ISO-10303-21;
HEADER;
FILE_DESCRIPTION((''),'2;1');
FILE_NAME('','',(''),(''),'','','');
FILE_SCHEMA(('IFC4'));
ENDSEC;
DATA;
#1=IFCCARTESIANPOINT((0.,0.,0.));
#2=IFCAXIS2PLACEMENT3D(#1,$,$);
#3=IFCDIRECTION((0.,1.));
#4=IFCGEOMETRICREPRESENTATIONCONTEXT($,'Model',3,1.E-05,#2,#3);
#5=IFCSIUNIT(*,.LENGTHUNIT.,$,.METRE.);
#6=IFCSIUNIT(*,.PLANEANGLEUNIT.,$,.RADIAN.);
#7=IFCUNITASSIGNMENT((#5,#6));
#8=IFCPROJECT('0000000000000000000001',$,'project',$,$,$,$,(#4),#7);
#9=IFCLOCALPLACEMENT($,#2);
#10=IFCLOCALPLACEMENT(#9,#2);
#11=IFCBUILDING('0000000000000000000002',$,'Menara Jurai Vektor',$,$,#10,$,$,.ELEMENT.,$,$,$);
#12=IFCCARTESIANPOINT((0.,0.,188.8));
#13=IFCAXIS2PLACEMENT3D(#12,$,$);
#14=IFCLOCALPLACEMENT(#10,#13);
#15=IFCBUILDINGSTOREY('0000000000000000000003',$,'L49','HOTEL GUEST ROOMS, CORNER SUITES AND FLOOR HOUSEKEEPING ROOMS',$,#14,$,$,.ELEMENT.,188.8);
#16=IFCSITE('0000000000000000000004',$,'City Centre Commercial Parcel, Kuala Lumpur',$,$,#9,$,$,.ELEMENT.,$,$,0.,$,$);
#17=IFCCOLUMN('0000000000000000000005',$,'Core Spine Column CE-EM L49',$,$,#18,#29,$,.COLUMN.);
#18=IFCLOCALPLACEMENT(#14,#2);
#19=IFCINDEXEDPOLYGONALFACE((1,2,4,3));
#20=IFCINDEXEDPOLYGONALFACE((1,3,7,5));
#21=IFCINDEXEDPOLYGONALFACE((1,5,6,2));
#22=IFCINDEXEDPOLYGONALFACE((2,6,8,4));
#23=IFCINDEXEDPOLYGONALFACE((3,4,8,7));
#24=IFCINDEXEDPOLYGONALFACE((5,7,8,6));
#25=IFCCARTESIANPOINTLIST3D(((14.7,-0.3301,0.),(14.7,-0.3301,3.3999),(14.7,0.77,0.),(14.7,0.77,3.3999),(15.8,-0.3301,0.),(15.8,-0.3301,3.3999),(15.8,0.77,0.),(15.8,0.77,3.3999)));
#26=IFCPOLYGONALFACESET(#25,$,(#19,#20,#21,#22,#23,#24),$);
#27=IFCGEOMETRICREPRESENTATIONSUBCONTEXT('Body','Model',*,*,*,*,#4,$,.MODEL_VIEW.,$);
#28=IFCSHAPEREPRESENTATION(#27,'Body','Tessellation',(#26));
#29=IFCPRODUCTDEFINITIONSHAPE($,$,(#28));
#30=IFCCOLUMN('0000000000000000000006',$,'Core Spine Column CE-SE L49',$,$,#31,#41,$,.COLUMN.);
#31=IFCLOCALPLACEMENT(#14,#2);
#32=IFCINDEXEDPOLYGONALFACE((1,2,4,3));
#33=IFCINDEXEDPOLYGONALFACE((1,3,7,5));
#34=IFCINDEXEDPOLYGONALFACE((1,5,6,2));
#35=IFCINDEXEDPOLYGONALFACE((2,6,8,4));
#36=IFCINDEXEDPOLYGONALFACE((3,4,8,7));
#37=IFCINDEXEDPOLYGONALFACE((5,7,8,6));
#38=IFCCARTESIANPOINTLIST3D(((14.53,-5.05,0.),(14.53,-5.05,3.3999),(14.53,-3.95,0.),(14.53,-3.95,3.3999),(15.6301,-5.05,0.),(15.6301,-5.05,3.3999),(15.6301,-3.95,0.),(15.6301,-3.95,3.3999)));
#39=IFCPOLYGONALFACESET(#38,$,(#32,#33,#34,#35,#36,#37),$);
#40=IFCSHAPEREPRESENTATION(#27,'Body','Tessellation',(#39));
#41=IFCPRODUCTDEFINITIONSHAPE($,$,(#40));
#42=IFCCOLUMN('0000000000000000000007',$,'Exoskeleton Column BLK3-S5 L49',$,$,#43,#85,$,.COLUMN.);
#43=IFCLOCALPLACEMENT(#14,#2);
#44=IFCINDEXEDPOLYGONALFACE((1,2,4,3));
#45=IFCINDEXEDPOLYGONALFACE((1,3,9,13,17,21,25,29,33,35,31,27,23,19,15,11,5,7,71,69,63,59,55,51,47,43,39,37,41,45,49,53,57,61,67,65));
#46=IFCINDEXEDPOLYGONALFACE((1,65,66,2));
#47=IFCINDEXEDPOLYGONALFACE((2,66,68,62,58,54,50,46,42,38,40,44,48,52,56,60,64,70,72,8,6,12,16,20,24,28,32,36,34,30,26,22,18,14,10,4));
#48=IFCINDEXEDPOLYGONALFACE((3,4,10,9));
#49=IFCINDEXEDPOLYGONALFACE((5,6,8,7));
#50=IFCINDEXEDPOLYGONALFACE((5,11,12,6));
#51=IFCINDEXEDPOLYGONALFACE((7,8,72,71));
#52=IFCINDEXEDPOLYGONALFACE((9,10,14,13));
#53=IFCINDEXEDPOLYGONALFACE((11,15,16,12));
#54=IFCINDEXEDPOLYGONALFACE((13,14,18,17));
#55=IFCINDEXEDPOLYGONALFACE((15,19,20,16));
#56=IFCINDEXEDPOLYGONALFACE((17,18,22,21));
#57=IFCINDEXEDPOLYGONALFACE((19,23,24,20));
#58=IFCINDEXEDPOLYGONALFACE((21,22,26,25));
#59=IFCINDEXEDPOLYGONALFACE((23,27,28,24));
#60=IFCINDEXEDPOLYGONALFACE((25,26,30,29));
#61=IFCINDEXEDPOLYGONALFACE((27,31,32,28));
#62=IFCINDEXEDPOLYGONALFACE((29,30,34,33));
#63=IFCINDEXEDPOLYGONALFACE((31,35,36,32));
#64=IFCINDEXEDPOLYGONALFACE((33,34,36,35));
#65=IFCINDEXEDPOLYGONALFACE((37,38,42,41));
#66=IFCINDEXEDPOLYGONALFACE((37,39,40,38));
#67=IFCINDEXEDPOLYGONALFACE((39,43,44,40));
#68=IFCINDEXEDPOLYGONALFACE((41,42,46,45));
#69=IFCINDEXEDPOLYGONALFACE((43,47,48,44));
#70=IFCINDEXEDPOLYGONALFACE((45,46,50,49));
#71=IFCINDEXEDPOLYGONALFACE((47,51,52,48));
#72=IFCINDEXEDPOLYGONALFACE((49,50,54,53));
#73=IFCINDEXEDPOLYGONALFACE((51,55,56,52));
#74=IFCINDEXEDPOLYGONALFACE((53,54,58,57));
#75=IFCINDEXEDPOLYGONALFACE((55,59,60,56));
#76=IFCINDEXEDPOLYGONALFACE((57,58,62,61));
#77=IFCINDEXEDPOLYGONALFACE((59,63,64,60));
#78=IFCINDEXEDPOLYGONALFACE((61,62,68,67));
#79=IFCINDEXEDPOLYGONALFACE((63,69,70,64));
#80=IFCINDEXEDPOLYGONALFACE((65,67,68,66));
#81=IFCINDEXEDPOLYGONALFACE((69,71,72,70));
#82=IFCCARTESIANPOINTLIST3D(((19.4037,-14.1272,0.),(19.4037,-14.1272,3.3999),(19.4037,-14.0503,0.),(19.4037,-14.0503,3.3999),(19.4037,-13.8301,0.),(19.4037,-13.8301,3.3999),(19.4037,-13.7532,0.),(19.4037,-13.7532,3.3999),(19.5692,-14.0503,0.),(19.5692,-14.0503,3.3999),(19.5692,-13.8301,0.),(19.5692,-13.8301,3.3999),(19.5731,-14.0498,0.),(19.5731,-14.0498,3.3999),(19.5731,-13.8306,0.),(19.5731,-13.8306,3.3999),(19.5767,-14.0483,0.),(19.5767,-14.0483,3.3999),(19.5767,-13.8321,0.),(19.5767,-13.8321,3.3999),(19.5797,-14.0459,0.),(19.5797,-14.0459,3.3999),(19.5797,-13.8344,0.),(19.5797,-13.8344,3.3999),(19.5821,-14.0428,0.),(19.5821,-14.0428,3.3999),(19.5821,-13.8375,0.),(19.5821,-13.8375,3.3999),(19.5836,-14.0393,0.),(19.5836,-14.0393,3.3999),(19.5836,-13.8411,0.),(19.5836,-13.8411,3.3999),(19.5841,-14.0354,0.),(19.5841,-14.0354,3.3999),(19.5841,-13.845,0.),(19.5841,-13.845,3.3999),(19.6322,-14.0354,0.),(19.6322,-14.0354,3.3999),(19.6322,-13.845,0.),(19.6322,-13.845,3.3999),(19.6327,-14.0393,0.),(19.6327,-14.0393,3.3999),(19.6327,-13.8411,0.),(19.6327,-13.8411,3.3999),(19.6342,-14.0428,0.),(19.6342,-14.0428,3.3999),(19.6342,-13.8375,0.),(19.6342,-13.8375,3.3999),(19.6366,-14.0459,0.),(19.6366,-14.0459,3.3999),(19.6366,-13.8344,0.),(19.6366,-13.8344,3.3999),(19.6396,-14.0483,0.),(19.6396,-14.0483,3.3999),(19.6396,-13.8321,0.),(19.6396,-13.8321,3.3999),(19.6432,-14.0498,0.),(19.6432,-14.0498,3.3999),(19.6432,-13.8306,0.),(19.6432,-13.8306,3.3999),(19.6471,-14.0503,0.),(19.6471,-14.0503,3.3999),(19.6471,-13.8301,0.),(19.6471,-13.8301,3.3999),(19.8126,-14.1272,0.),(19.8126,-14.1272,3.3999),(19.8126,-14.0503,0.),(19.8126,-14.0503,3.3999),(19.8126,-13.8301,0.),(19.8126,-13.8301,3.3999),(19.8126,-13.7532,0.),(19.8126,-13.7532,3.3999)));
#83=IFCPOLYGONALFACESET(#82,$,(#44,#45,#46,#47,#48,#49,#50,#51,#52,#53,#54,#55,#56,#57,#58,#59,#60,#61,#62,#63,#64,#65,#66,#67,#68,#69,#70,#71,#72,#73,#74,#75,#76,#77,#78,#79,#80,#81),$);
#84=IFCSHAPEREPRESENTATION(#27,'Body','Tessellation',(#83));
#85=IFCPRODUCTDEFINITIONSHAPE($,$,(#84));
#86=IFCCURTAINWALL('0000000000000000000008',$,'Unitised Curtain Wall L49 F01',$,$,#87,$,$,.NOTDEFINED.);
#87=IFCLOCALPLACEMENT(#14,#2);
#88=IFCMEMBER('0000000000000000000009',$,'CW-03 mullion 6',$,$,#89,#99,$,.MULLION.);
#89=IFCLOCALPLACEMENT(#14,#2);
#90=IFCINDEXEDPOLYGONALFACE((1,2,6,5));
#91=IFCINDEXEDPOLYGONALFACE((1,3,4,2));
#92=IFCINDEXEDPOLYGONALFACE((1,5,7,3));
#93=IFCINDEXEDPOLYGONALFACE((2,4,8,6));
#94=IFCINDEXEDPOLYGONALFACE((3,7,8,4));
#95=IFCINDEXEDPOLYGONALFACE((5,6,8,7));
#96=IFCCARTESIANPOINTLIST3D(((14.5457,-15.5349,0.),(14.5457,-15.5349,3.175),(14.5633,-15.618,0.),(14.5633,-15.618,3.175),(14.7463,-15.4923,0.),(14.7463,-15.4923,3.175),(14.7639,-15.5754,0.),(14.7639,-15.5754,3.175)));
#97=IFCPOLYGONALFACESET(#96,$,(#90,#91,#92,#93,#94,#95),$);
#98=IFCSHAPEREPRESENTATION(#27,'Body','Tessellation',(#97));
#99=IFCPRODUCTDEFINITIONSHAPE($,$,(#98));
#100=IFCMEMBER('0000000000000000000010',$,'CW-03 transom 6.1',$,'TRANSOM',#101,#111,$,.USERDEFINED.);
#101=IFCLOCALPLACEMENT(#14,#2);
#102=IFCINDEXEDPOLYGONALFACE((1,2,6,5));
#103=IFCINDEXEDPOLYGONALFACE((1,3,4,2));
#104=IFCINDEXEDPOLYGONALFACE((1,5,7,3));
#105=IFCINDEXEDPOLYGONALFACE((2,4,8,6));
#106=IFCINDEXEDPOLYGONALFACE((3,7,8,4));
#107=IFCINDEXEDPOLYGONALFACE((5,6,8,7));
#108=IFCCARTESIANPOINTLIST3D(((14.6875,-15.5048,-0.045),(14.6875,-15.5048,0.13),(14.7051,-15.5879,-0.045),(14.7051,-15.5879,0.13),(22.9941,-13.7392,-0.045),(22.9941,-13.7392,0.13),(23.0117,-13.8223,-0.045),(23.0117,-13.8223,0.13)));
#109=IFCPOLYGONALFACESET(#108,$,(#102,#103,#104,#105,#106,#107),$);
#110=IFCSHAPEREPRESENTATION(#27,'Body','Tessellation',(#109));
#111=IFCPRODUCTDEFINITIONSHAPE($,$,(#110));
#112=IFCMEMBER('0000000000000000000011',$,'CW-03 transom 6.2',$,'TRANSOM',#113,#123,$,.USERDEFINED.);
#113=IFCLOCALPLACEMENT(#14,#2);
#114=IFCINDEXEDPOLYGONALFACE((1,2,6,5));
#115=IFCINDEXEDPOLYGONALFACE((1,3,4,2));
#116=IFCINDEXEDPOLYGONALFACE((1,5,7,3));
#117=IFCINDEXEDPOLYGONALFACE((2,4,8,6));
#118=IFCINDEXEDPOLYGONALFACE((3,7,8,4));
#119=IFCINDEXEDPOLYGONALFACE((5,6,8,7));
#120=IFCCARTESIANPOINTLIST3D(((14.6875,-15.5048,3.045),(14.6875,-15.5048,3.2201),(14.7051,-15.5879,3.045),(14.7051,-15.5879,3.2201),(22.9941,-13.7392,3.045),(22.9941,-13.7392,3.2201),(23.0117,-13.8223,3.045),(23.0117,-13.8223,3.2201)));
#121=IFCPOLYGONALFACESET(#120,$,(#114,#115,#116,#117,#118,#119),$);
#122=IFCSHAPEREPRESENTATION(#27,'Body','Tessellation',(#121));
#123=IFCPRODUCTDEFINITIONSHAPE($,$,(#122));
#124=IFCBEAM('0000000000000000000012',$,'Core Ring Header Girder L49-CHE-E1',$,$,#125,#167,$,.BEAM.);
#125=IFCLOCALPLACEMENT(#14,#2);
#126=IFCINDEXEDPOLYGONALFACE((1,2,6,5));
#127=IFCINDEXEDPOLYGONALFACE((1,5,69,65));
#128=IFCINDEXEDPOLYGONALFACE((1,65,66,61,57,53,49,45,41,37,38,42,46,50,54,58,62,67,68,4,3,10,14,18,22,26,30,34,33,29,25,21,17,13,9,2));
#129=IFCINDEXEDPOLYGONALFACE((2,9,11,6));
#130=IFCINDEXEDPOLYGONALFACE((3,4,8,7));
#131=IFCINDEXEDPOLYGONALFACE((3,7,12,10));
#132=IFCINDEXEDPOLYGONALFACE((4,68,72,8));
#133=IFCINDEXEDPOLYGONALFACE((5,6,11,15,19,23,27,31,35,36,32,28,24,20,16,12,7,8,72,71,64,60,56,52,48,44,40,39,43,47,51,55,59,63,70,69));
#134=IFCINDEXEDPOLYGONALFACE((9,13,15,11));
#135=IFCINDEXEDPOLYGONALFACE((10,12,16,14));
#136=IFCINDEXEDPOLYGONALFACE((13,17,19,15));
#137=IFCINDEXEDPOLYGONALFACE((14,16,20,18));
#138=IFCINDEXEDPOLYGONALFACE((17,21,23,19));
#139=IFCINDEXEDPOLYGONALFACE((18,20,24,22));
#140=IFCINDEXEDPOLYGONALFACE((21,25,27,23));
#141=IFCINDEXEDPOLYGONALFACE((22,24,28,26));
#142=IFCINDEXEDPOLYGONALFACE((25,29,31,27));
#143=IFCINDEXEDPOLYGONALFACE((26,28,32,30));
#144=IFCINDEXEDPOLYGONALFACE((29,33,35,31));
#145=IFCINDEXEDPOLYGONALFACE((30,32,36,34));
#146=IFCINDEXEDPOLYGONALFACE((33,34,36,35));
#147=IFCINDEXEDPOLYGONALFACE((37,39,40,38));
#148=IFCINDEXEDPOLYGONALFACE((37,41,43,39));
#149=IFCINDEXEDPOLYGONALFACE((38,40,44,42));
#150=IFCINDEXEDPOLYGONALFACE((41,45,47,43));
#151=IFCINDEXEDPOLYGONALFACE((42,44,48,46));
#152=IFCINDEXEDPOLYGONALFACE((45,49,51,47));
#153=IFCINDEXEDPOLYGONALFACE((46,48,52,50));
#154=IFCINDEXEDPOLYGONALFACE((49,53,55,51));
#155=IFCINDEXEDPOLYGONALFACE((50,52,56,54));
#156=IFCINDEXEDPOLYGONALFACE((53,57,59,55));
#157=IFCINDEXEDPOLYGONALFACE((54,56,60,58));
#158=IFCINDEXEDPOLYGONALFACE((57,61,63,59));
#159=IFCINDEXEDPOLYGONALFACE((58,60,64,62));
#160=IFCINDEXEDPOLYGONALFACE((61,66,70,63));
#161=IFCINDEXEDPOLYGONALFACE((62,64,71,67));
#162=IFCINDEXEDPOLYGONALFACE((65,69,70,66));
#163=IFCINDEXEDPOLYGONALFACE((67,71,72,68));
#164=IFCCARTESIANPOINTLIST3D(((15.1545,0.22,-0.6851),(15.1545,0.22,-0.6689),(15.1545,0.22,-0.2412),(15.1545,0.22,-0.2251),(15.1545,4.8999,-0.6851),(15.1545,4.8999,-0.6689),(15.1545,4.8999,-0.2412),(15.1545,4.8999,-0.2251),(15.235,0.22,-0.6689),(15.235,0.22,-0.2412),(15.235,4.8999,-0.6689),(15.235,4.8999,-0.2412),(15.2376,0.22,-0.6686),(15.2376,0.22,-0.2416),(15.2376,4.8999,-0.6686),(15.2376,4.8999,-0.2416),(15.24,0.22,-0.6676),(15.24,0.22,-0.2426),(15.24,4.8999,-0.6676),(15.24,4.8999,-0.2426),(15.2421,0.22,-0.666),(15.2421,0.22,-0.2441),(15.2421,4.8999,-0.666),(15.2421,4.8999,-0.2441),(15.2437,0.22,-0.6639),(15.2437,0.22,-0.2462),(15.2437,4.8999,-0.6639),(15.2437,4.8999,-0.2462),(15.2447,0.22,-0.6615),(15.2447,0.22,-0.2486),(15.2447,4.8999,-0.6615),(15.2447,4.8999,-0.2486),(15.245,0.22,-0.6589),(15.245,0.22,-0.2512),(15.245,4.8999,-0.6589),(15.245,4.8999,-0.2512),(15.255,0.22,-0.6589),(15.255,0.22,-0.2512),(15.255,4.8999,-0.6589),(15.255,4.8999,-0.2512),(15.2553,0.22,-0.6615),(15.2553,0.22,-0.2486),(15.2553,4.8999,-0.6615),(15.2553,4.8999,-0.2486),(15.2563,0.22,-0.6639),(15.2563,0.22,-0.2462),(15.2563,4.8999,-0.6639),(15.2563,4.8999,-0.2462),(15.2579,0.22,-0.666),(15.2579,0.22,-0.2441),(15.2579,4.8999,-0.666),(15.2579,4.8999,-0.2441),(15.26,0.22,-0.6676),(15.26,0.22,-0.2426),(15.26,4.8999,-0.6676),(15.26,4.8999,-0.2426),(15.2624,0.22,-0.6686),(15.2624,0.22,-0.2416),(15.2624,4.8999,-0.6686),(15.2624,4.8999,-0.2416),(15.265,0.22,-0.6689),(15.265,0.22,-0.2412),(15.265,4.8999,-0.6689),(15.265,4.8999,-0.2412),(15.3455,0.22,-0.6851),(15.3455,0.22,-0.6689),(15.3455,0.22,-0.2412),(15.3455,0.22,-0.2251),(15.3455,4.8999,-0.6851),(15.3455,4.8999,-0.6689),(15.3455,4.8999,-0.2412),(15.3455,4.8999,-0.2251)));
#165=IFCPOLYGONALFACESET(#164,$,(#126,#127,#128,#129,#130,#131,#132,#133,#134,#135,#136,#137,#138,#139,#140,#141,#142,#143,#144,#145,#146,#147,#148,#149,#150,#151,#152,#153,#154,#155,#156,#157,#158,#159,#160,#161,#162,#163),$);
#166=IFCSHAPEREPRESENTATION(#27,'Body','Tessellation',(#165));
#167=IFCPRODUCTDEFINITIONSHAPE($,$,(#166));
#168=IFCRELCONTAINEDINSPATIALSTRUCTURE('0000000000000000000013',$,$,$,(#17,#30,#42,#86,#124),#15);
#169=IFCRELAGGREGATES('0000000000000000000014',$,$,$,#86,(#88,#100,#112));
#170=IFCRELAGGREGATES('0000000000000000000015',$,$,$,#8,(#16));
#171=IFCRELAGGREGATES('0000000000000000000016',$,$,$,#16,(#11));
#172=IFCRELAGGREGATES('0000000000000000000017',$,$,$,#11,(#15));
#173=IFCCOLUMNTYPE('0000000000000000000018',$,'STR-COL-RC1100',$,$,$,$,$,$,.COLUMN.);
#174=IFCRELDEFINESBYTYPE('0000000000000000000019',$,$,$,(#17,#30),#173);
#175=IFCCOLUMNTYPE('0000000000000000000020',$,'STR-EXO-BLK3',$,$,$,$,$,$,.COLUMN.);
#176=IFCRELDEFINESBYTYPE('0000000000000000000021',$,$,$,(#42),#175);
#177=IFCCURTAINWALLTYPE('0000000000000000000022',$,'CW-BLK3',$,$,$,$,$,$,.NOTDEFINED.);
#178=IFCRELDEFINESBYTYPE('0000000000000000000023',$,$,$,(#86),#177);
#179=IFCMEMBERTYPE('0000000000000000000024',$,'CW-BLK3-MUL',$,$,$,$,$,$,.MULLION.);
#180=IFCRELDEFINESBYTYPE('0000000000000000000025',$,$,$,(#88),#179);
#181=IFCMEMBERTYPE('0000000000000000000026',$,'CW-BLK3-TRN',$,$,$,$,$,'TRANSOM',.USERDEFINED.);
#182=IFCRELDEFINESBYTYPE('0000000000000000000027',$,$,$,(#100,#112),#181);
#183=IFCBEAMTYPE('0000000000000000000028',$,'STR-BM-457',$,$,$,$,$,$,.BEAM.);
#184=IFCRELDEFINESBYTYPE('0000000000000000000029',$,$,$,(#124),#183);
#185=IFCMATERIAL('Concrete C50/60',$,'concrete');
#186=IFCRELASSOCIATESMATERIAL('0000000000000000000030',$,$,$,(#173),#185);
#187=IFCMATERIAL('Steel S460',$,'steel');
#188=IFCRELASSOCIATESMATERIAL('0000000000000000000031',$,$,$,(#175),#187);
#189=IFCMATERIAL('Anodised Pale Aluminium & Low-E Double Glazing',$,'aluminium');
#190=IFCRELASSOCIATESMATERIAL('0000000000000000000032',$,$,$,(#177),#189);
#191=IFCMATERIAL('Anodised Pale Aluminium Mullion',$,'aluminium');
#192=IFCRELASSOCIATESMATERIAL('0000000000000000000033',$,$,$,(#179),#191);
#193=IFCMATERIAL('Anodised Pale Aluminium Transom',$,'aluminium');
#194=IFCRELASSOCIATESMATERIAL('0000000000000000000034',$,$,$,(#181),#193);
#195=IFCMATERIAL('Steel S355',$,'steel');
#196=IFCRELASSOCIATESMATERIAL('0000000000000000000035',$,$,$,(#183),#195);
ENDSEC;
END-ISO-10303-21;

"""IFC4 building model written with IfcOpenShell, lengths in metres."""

from ifc_helpers import new_model, si_unit, direction, frame, origin, origin_2d, place, context, subcontext, project, spatial, rectangle, i_section, extrude, material, material_profile, profile_set, type_object, element, aggregate, save


model = new_model("IFC4")

# Units and contexts
model_context = context("Model", 3, precision=1e-05, world=origin(), true_north=direction((0.0, 1.0)))
body_context = subcontext(model_context, "Body", "Model", "MODEL_VIEW")
ifc_project = project(units=[si_unit("LENGTHUNIT", "METRE"), si_unit("PLANEANGLEUNIT", "RADIAN")], contexts=[model_context])

# Site, building, storey
site_placement = place(None, origin())
site = spatial("IfcSite", under=ifc_project, at=site_placement, Name="City Centre Commercial Parcel, Kuala Lumpur", CompositionType="ELEMENT", RefElevation=0.0)
building_placement = place(site_placement, origin())
building = spatial("IfcBuilding", under=site, at=building_placement, Name="Menara Jurai Vektor", CompositionType="ELEMENT")
storey_placement = place(building_placement, frame((0.0, 0.0, 188.8)))
storey = spatial("IfcBuildingStorey", under=building, at=storey_placement, Name="L49", Description="HOTEL GUEST ROOMS, CORNER SUITES AND FLOOR HOUSEKEEPING ROOMS", CompositionType="ELEMENT", Elevation=188.8)

# Columns
ifc_material_1 = material(Name="Concrete C50/60", Category="concrete")
ifc_material_profile_1 = material_profile(ifc_material_1, rectangle(XDim=1.1001, YDim=1.1001, at=origin_2d()), Name="RC 1100x1100")
ifc_profile_set_1 = profile_set([ifc_material_profile_1], Name="Concrete C50/60")
column_type_1 = type_object("IfcColumnType", Name="STR-COL-RC1100", PredefinedType="COLUMN", material=ifc_profile_set_1)
for number, where, z_axis, x_axis, name in (
    (1, (15.25, 0.22, 0.0), (0.0, 0.0, 1.0), (1.0, 0.0, 0.0), "Core Spine Column CE-EM L49"),
    (2, (15.0801, -4.5, 0.0), (0.0, 0.0, 1.0), (1.0, 0.0, 0.0), "Core Spine Column CE-SE L49"),
):
    element("IfcColumn", number, at=place(storey_placement, frame(where, z_axis=z_axis, x_axis=x_axis)), inside=storey, type_object=column_type_1, Name=name, PredefinedType="COLUMN", context=body_context, shape_type="SweptSolid", body=[
        extrude(rectangle(XDim=1.1001, YDim=1.1001, at=origin_2d()), origin(), (0.0, 0.0, 1.0), 3.3999),
    ])
ifc_material_2 = material(Name="Steel S460", Category="steel")
ifc_material_profile_2 = material_profile(ifc_material_2, i_section(OverallWidth=0.4089, OverallDepth=0.374, WebThickness=0.0481, FlangeThickness=0.0769, FilletRadius=0.0149, at=origin_2d()), Name="HD 400x634")
ifc_profile_set_2 = profile_set([ifc_material_profile_2], Name="Steel S460")
column_type_2 = type_object("IfcColumnType", Name="STR-EXO-BLK3", PredefinedType="COLUMN", material=ifc_profile_set_2)
column_placement = place(storey_placement, frame((19.6082, -13.9402, 0.0), z_axis=(0.0, 0.0, 1.0), x_axis=(1.0, 0.0, 0.0)))
element("IfcColumn", 3, at=column_placement, inside=storey, type_object=column_type_2, Name="Exoskeleton Column BLK3-S5 L49", PredefinedType="COLUMN", context=body_context, shape_type="SweptSolid", body=[
    extrude(i_section(OverallWidth=0.4089, OverallDepth=0.374, WebThickness=0.0481, FlangeThickness=0.0769, FilletRadius=0.0149, at=origin_2d()), origin(), (0.0, 0.0, 1.0), 3.3999),
])

# Curtain wall, members
ifc_material_3 = material(Name="Anodised Pale Aluminium & Low-E Double Glazing", Category="aluminium")
curtain_wall_type = type_object("IfcCurtainWallType", Name="CW-BLK3", PredefinedType="NOTDEFINED", material=ifc_material_3)
curtain_wall_placement = place(storey_placement, origin())
curtain_wall = element("IfcCurtainWall", 4, at=curtain_wall_placement, inside=storey, type_object=curtain_wall_type, Name="Unitised Curtain Wall L49 F01", PredefinedType="NOTDEFINED")
ifc_material_4 = material(Name="Anodised Pale Aluminium Mullion", Category="aluminium")
ifc_material_profile_3 = material_profile(ifc_material_4, rectangle(XDim=0.085, YDim=0.2051, at=origin_2d()), Name="ALU MUL 85x205")
ifc_profile_set_3 = profile_set([ifc_material_profile_3], Name="Anodised Pale Aluminium Mullion")
member_type_1 = type_object("IfcMemberType", Name="CW-BLK3-MUL", PredefinedType="MULLION", material=ifc_profile_set_3)
member_1_placement = place(storey_placement, frame((14.6548, -15.5552, 0.0), z_axis=(0.0, 0.0, 1.0), x_axis=(-0.207911, 0.978148, 0.0)))
member_1 = element("IfcMember", 5, at=member_1_placement, type_object=member_type_1, Name="CW-03 mullion 6", PredefinedType="MULLION", context=body_context, shape_type="SweptSolid", body=[
    extrude(rectangle(XDim=0.085, YDim=0.2051, at=origin_2d()), origin(), (0.0, 0.0, 1.0), 3.175),
])
ifc_material_5 = material(Name="Anodised Pale Aluminium Transom", Category="aluminium")
ifc_material_profile_4 = material_profile(ifc_material_5, rectangle(XDim=0.085, YDim=0.175, at=origin_2d()), Name="ALU TRN 85x175")
ifc_profile_set_4 = profile_set([ifc_material_profile_4], Name="Anodised Pale Aluminium Transom")
member_type_2 = type_object("IfcMemberType", Name="CW-BLK3-TRN", ElementType="TRANSOM", PredefinedType="USERDEFINED", material=ifc_profile_set_4)
member_2_placement = place(storey_placement, frame((14.6963, -15.5464, 0.0425), z_axis=(0.978148, 0.207911, 0.0), x_axis=(-0.207911, 0.978148, 0.0)))
member_2 = element("IfcMember", 6, at=member_2_placement, type_object=member_type_2, Name="CW-03 transom 6.1", ObjectType="TRANSOM", PredefinedType="USERDEFINED", context=body_context, shape_type="SweptSolid", body=[
    extrude(rectangle(XDim=0.085, YDim=0.175, at=origin_2d()), origin(), (0.0, 0.0, 1.0), 8.4922),
])
member_3_placement = place(storey_placement, frame((14.6963, -15.5464, 3.1326), z_axis=(0.978148, 0.207911, 0.0), x_axis=(-0.207911, 0.978148, 0.0)))
member_3 = element("IfcMember", 7, at=member_3_placement, type_object=member_type_2, Name="CW-03 transom 6.2", ObjectType="TRANSOM", PredefinedType="USERDEFINED", context=body_context, shape_type="SweptSolid", body=[
    extrude(rectangle(XDim=0.085, YDim=0.175, at=origin_2d()), origin(), (0.0, 0.0, 1.0), 8.4922),
])

# Beam
ifc_material_6 = material(Name="Steel S355", Category="steel")
ifc_material_profile_5 = material_profile(ifc_material_6, i_section(OverallWidth=0.1909, OverallDepth=0.46, WebThickness=0.01, FlangeThickness=0.0161, FilletRadius=0.01, at=origin_2d()), Name="UKB 457x191x82")
ifc_profile_set_5 = profile_set([ifc_material_profile_5], Name="Steel S355")
beam_type_1 = type_object("IfcBeamType", Name="STR-BM-457", PredefinedType="BEAM", material=ifc_profile_set_5)
beam_1_placement = place(storey_placement, frame((15.25, 0.22, -0.4551), z_axis=(0.0, 1.0, 0.0), x_axis=(-1.0, 0.0, 0.0)))
element("IfcBeam", 8, at=beam_1_placement, inside=storey, type_object=beam_type_1, Name="Core Ring Header Girder L49-CHE-E1", PredefinedType="BEAM", context=body_context, shape_type="SweptSolid", body=[
    extrude(i_section(OverallWidth=0.1909, OverallDepth=0.46, WebThickness=0.01, FlangeThickness=0.0161, FilletRadius=0.01, at=origin_2d()), origin(), (0.0, 0.0, 1.0), 4.6799),
])

aggregate(curtain_wall, [member_1, member_2, member_3])

save(model, "model.ifc")
